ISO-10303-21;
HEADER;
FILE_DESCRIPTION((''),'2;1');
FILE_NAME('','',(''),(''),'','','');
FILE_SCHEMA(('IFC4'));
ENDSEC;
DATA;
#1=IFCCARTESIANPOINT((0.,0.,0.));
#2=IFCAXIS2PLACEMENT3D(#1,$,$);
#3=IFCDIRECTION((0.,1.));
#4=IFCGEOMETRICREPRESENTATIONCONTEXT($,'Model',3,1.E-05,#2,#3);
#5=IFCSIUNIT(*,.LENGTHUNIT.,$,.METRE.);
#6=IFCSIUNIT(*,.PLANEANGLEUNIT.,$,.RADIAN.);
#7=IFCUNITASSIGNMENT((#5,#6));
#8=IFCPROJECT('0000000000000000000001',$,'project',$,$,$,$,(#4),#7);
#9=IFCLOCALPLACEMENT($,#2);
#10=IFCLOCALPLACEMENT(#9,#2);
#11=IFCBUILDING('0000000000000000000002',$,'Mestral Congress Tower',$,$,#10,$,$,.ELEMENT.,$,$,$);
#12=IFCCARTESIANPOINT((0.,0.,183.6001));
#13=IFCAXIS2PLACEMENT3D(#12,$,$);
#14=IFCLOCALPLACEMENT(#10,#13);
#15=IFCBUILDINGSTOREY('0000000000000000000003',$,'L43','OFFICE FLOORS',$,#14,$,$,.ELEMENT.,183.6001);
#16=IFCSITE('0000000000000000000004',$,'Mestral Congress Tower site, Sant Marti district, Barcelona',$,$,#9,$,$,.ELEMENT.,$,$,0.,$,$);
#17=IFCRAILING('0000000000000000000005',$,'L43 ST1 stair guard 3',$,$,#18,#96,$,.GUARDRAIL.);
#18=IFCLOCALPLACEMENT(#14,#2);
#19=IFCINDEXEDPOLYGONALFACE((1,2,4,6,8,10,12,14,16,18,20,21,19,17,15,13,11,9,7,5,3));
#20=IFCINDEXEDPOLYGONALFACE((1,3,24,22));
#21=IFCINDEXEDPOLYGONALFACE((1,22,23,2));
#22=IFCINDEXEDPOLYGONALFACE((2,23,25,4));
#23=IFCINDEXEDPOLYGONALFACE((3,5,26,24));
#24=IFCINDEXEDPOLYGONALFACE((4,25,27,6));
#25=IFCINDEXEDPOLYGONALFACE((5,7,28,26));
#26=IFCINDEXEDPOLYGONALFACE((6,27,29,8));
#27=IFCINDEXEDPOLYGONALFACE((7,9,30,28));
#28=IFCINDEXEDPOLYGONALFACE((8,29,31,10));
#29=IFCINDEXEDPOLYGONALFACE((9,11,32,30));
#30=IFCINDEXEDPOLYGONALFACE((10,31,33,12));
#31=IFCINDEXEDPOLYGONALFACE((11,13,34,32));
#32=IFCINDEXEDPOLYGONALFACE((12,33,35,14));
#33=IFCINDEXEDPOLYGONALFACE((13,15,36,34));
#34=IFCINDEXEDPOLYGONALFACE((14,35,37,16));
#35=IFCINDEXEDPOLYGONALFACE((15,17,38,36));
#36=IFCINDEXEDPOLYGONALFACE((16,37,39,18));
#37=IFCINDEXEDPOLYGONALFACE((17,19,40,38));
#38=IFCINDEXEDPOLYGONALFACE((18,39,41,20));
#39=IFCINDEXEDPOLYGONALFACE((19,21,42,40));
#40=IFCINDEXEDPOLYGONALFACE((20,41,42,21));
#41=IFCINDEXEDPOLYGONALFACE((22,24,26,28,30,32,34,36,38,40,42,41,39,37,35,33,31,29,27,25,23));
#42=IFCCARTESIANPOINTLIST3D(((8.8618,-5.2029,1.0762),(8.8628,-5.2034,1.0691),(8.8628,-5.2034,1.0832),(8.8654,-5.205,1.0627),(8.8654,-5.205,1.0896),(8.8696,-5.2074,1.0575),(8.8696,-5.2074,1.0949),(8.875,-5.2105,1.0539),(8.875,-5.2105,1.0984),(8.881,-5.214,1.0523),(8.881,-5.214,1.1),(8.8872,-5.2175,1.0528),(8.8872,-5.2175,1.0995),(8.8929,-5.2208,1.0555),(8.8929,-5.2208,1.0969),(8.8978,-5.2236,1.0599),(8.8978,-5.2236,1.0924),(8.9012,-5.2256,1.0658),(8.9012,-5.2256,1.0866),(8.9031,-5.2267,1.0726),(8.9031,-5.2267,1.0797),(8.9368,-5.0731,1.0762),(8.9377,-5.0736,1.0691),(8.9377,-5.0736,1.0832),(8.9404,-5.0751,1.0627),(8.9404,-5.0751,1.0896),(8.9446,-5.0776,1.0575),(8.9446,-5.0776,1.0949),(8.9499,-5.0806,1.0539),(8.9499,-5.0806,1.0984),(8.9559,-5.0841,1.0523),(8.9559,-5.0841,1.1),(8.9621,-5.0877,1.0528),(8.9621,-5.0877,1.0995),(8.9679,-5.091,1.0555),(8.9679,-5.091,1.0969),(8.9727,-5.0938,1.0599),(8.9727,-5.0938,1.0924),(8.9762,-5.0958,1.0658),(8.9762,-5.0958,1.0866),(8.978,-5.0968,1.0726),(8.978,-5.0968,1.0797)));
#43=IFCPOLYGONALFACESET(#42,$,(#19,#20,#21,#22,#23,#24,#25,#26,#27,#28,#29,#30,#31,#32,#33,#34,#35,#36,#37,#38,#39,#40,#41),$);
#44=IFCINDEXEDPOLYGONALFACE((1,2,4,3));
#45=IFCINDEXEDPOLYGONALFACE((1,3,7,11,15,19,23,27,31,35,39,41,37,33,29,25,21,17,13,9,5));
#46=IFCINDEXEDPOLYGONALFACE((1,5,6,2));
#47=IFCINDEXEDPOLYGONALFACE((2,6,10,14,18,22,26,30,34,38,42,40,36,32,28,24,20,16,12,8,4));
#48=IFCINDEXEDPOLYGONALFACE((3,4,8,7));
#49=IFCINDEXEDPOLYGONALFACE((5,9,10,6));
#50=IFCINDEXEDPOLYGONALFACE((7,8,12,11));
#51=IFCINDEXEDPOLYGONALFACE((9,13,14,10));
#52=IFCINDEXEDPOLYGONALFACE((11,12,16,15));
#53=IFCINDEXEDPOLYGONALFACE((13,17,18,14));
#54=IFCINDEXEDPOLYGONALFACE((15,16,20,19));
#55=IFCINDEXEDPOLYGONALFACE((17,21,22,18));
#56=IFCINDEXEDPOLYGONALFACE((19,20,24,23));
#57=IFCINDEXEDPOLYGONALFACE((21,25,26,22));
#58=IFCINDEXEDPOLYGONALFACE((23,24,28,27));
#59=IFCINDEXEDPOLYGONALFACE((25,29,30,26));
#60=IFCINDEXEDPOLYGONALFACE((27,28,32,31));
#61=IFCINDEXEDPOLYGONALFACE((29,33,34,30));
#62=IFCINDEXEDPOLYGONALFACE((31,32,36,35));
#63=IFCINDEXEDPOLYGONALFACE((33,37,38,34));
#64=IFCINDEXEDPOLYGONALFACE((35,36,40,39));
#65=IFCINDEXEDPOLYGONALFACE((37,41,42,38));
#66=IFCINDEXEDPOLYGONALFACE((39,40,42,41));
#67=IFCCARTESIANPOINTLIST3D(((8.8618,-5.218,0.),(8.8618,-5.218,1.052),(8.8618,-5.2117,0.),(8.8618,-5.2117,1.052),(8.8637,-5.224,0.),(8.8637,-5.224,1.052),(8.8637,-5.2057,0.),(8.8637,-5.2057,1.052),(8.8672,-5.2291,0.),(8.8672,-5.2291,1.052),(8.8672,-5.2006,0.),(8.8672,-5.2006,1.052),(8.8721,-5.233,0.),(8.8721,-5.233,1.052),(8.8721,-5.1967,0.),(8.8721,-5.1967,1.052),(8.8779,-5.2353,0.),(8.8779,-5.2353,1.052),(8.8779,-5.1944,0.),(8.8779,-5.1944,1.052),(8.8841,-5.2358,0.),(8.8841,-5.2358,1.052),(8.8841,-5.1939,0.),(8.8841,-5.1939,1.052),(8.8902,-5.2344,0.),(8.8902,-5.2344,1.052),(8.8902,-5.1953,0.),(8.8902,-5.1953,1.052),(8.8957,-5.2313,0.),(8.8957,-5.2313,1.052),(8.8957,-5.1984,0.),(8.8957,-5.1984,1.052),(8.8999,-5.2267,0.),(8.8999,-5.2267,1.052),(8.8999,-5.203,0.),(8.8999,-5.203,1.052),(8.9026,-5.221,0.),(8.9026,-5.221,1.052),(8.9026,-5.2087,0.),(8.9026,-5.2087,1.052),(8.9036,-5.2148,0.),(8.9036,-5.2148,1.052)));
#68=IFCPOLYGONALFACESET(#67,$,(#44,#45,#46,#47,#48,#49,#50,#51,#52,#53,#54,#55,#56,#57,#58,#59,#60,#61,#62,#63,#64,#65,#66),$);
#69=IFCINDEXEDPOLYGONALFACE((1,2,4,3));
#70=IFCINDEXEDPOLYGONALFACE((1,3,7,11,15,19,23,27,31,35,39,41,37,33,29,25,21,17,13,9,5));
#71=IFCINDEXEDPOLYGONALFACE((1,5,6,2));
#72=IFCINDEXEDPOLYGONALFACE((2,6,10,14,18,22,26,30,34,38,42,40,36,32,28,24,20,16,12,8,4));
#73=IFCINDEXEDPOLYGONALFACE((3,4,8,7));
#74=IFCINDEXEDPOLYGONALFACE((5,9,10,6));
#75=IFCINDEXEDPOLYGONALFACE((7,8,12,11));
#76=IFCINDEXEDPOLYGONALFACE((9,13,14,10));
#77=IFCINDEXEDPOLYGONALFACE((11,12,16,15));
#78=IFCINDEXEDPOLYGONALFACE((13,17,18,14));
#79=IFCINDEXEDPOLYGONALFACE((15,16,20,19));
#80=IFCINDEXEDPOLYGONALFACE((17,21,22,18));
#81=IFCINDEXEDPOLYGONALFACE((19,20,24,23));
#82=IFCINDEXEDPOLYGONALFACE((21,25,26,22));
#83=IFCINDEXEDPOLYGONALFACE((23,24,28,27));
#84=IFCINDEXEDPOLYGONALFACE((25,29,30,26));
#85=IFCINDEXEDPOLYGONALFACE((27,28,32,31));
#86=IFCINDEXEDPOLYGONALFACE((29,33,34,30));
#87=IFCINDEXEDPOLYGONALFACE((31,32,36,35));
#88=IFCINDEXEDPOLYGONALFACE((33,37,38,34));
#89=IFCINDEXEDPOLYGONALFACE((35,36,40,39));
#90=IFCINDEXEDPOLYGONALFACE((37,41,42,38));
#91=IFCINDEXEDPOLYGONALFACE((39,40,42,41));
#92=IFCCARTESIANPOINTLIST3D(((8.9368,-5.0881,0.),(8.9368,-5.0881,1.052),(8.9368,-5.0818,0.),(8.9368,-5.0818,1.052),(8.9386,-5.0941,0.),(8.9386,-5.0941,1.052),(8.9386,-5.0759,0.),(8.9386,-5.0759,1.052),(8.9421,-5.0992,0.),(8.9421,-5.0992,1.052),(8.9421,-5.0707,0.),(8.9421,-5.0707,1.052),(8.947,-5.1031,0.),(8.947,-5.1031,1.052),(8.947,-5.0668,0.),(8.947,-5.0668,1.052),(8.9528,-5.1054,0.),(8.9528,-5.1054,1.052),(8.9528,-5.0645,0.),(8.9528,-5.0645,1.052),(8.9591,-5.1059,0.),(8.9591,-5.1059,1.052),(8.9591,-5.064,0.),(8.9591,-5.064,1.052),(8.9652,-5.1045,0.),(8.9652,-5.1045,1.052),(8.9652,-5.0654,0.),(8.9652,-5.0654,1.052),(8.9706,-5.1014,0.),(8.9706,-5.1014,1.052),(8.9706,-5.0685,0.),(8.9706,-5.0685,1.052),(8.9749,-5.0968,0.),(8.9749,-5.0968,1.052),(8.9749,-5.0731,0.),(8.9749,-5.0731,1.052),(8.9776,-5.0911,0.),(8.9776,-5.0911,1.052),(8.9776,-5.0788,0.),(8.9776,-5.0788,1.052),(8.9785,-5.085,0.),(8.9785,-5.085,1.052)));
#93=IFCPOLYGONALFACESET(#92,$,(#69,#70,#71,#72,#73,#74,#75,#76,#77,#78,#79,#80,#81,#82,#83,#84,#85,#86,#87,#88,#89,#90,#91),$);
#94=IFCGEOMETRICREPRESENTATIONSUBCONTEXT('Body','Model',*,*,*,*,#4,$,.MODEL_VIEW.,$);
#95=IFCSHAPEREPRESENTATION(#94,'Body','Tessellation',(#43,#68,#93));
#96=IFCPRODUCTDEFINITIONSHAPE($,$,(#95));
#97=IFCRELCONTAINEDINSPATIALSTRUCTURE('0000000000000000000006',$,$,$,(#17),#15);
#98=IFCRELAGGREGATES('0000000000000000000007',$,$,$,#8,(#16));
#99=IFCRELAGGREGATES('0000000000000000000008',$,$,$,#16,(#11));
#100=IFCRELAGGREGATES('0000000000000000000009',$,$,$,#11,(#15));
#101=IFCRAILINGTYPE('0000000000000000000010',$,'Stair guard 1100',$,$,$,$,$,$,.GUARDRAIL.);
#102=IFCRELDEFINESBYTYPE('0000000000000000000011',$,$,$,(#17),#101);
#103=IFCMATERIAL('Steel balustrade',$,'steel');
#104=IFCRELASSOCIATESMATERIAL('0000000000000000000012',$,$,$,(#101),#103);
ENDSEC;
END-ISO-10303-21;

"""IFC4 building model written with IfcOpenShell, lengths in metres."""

from ifc_helpers import new_model, si_unit, direction, frame, origin, origin_2d, place, context, subcontext, project, spatial, circle, extrude, material, type_object, element, save


model = new_model("IFC4")

# Units and contexts
model_context = context("Model", 3, precision=1e-05, world=origin(), true_north=direction((0.0, 1.0)))
body_context = subcontext(model_context, "Body", "Model", "MODEL_VIEW")
ifc_project = project(units=[si_unit("LENGTHUNIT", "METRE"), si_unit("PLANEANGLEUNIT", "RADIAN")], contexts=[model_context])

# Site, building, storey
site_placement = place(None, origin())
site = spatial("IfcSite", under=ifc_project, at=site_placement, Name="Mestral Congress Tower site, Sant Marti district, Barcelona", CompositionType="ELEMENT", RefElevation=0.0)
building_placement = place(site_placement, origin())
building = spatial("IfcBuilding", under=site, at=building_placement, Name="Mestral Congress Tower", CompositionType="ELEMENT")
storey_placement = place(building_placement, frame((0.0, 0.0, 183.6001)))
storey = spatial("IfcBuildingStorey", under=building, at=storey_placement, Name="L43", Description="OFFICE FLOORS", CompositionType="ELEMENT", Elevation=183.6001)

# Railing
ifc_material_1 = material(Name="Steel balustrade", Category="steel")
railing_type_1 = type_object("IfcRailingType", Name="Stair guard 1100", PredefinedType="GUARDRAIL", material=ifc_material_1)
railing_1_placement = place(storey_placement, frame((8.8826, -5.2148, 0.0)))
element("IfcRailing", 1, at=railing_1_placement, inside=storey, type_object=railing_type_1, Name="L43 ST1 stair guard 3", PredefinedType="GUARDRAIL", context=body_context, shape_type="SweptSolid", body=[
    extrude(circle(Radius=0.0239, at=origin_2d()), frame((0.0, 0.0, 1.0762), z_axis=(0.499816, 0.866131, 0.0), x_axis=(-0.866131, 0.499816, 0.0)), (0.0, 0.0, 1.0), 0.1499),
    extrude(circle(Radius=0.021, at=origin_2d()), origin(), (0.0, 0.0, 1.0), 1.052),
    extrude(circle(Radius=0.021, at=origin_2d()), frame((0.075, 0.1299, 0.0)), (0.0, 0.0, 1.0), 1.052),
])

save(model, "model.ifc")
